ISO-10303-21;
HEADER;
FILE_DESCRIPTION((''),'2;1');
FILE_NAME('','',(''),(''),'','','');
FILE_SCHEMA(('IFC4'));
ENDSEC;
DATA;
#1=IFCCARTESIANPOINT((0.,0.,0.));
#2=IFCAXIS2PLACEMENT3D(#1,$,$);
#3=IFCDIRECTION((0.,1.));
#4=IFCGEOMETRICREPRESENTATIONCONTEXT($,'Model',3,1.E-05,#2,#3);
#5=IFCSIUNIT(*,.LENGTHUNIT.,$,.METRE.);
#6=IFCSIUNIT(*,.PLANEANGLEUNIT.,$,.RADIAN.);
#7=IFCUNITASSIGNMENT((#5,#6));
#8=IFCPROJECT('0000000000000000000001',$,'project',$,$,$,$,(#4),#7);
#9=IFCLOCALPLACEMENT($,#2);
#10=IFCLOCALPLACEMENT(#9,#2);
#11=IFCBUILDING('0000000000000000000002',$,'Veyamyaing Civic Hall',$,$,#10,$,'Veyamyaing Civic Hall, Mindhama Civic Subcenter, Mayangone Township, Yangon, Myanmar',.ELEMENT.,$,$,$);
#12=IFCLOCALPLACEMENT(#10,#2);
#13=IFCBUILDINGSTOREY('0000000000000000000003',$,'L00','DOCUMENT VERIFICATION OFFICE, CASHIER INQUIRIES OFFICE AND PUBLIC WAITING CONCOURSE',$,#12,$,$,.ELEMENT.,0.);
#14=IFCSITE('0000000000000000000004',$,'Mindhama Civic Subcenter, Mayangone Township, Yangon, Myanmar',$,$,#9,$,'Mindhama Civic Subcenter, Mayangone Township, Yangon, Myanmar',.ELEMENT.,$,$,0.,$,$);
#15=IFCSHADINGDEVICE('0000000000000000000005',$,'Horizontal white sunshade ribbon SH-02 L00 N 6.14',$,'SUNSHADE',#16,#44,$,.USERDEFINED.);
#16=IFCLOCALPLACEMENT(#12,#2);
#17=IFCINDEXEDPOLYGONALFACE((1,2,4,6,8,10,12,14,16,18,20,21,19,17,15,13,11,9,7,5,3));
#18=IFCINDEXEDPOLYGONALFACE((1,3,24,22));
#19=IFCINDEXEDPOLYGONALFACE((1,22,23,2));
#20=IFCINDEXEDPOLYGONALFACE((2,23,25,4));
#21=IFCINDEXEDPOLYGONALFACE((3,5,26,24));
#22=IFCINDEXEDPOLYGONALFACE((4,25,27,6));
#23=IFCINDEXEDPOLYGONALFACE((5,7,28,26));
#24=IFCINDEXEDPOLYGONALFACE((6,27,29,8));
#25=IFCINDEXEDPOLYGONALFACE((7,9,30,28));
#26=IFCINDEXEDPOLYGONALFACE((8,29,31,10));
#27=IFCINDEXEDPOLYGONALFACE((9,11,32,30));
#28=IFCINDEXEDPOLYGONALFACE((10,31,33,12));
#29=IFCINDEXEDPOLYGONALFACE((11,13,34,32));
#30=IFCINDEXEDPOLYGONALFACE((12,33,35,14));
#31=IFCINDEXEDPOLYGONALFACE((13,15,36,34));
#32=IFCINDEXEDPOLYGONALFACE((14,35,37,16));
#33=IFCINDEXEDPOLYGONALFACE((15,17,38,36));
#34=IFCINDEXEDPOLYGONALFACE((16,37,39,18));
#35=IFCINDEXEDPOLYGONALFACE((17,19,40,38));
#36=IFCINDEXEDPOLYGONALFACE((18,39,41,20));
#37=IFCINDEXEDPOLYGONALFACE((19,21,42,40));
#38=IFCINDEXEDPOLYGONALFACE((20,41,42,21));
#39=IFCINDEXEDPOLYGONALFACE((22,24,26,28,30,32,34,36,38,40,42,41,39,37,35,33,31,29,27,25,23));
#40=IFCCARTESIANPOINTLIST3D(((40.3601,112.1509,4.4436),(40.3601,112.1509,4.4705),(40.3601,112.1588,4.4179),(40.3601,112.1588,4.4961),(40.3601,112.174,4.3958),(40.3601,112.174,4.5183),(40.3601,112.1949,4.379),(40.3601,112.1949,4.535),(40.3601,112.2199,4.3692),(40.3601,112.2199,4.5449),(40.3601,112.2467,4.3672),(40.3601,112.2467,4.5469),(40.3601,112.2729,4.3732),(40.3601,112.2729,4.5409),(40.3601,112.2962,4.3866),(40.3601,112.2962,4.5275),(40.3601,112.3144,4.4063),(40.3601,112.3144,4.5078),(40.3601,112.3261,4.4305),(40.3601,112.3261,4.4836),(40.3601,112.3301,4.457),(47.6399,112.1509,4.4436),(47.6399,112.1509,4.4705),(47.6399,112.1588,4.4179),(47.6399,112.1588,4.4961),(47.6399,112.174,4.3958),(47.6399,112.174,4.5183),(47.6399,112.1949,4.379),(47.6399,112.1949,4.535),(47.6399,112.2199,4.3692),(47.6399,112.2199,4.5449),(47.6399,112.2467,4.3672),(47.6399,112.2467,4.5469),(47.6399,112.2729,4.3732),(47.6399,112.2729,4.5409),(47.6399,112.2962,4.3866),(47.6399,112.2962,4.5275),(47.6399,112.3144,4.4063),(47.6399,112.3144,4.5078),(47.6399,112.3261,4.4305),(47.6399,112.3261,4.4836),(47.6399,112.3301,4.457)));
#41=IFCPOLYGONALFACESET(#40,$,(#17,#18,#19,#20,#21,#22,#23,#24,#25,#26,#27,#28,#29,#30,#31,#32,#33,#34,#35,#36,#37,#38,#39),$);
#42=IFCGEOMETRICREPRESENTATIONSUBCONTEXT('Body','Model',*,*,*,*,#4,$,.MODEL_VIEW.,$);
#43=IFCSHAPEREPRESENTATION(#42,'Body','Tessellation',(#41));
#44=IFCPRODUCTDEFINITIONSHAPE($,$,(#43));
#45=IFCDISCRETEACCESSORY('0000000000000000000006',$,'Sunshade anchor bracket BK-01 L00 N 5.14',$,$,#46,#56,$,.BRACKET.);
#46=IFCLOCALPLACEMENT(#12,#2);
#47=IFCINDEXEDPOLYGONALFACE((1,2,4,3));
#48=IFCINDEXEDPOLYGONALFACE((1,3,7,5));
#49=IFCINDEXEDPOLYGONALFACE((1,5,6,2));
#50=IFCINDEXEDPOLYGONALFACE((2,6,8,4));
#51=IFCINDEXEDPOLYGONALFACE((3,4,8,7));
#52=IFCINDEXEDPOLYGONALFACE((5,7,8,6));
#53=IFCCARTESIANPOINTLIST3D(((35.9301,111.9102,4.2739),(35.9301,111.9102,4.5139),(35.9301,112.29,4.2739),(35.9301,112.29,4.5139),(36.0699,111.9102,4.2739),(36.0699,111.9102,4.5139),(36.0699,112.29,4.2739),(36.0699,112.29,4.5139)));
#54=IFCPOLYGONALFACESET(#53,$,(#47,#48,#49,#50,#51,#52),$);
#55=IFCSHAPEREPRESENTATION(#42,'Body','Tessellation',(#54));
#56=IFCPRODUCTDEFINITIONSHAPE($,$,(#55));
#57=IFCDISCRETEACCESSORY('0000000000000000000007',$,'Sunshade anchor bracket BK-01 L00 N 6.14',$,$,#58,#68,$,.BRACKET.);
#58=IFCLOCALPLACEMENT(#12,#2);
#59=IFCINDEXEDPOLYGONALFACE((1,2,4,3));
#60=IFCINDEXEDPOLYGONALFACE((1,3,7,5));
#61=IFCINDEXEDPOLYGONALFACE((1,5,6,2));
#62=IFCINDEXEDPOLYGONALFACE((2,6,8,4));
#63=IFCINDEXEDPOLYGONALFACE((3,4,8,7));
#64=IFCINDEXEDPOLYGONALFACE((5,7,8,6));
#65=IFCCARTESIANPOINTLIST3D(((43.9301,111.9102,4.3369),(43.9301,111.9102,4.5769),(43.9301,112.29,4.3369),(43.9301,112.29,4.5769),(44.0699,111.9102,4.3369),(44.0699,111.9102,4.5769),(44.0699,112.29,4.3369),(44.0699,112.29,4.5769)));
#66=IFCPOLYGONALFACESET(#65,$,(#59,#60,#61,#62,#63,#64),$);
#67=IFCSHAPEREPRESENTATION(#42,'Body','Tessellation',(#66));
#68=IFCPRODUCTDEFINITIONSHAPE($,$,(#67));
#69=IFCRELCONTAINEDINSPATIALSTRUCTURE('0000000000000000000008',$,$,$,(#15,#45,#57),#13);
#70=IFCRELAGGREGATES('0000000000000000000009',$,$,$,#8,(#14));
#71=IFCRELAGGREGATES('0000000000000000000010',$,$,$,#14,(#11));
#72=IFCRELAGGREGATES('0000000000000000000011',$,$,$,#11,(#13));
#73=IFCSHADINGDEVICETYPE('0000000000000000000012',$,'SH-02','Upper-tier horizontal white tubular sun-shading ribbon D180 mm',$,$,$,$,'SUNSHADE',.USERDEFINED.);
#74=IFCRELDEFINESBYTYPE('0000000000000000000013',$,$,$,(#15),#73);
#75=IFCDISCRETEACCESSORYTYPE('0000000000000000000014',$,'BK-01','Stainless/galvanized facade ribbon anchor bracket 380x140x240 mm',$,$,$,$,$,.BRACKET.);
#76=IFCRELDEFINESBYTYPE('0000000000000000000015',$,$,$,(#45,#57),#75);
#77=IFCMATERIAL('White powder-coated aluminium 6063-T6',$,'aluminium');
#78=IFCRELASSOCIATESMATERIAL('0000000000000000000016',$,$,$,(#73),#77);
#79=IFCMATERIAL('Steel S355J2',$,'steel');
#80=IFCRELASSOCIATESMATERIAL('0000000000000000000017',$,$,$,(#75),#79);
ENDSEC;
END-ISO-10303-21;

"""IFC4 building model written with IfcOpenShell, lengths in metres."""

from ifc_helpers import new_model, si_unit, direction, frame, origin, origin_2d, place, context, subcontext, project, spatial, rectangle, circle, extrude, material, material_profile, profile_set, type_object, element, save


model = new_model("IFC4")

# Units and contexts
model_context = context("Model", 3, precision=1e-05, world=origin(), true_north=direction((0.0, 1.0)))
body_context = subcontext(model_context, "Body", "Model", "MODEL_VIEW")
ifc_project = project(units=[si_unit("LENGTHUNIT", "METRE"), si_unit("PLANEANGLEUNIT", "RADIAN")], contexts=[model_context])

# Site, building, storey
site_placement = place(None, origin())
site = spatial("IfcSite", under=ifc_project, at=site_placement, Name="Mindhama Civic Subcenter, Mayangone Township, Yangon, Myanmar", LongName="Mindhama Civic Subcenter, Mayangone Township, Yangon, Myanmar", CompositionType="ELEMENT", RefElevation=0.0)
building_placement = place(site_placement, origin())
building = spatial("IfcBuilding", under=site, at=building_placement, Name="Veyamyaing Civic Hall", LongName="Veyamyaing Civic Hall, Mindhama Civic Subcenter, Mayangone Township, Yangon, Myanmar", CompositionType="ELEMENT")
storey_placement = place(building_placement, origin())
storey = spatial("IfcBuildingStorey", under=building, at=storey_placement, Name="L00", Description="DOCUMENT VERIFICATION OFFICE, CASHIER INQUIRIES OFFICE AND PUBLIC WAITING CONCOURSE", CompositionType="ELEMENT", Elevation=0.0)

# Shared definitions
ifc_material_1 = material(Name="White powder-coated aluminium 6063-T6", Category="aluminium")

# Shading device
ifc_material_profile_1 = material_profile(ifc_material_1, circle(Radius=0.0901, at=origin_2d()), Name="SHADE-TUBE-180")
ifc_profile_set_1 = profile_set([ifc_material_profile_1], Name="White powder-coated aluminium 6063-T6")
shading_device_type = type_object("IfcShadingDeviceType", Name="SH-02", Description="Upper-tier horizontal white tubular sun-shading ribbon D180 mm", ElementType="SUNSHADE", PredefinedType="USERDEFINED", material=ifc_profile_set_1)
shading_device_placement = place(storey_placement, frame((40.3601, 112.24, 4.457), z_axis=(1.0, 0.0, 0.0), x_axis=(0.0, 1.0, 0.0)))
element("IfcShadingDevice", 1, at=shading_device_placement, inside=storey, type_object=shading_device_type, Name="Horizontal white sunshade ribbon SH-02 L00 N 6.14", ObjectType="SUNSHADE", PredefinedType="USERDEFINED", context=body_context, shape_type="SweptSolid", body=[
    extrude(circle(Radius=0.0901, at=origin_2d()), origin(), (0.0, 0.0, 1.0), 7.2798),
])

# Discrete accessories
ifc_material_2 = material(Name="Steel S355J2", Category="steel")
discrete_accessory_type = type_object("IfcDiscreteAccessoryType", Name="BK-01", Description="Stainless/galvanized facade ribbon anchor bracket 380x140x240 mm", PredefinedType="BRACKET", material=ifc_material_2)
for number, where, z_axis, x_axis, name in (
    (2, (36.0, 112.1001, 4.2739), (0.0, 0.0, 1.0), (0.0, 1.0, 0.0), "Sunshade anchor bracket BK-01 L00 N 5.14"),
    (3, (44.0, 112.1001, 4.3369), (0.0, 0.0, 1.0), (0.0, 1.0, 0.0), "Sunshade anchor bracket BK-01 L00 N 6.14"),
):
    element("IfcDiscreteAccessory", number, at=place(storey_placement, frame(where, z_axis=z_axis, x_axis=x_axis)), inside=storey, type_object=discrete_accessory_type, Name=name, PredefinedType="BRACKET", context=body_context, shape_type="SweptSolid", body=[
        extrude(rectangle(XDim=0.3799, YDim=0.1399, at=origin_2d()), origin(), (0.0, 0.0, 1.0), 0.24),
    ])

save(model, "model.ifc")
